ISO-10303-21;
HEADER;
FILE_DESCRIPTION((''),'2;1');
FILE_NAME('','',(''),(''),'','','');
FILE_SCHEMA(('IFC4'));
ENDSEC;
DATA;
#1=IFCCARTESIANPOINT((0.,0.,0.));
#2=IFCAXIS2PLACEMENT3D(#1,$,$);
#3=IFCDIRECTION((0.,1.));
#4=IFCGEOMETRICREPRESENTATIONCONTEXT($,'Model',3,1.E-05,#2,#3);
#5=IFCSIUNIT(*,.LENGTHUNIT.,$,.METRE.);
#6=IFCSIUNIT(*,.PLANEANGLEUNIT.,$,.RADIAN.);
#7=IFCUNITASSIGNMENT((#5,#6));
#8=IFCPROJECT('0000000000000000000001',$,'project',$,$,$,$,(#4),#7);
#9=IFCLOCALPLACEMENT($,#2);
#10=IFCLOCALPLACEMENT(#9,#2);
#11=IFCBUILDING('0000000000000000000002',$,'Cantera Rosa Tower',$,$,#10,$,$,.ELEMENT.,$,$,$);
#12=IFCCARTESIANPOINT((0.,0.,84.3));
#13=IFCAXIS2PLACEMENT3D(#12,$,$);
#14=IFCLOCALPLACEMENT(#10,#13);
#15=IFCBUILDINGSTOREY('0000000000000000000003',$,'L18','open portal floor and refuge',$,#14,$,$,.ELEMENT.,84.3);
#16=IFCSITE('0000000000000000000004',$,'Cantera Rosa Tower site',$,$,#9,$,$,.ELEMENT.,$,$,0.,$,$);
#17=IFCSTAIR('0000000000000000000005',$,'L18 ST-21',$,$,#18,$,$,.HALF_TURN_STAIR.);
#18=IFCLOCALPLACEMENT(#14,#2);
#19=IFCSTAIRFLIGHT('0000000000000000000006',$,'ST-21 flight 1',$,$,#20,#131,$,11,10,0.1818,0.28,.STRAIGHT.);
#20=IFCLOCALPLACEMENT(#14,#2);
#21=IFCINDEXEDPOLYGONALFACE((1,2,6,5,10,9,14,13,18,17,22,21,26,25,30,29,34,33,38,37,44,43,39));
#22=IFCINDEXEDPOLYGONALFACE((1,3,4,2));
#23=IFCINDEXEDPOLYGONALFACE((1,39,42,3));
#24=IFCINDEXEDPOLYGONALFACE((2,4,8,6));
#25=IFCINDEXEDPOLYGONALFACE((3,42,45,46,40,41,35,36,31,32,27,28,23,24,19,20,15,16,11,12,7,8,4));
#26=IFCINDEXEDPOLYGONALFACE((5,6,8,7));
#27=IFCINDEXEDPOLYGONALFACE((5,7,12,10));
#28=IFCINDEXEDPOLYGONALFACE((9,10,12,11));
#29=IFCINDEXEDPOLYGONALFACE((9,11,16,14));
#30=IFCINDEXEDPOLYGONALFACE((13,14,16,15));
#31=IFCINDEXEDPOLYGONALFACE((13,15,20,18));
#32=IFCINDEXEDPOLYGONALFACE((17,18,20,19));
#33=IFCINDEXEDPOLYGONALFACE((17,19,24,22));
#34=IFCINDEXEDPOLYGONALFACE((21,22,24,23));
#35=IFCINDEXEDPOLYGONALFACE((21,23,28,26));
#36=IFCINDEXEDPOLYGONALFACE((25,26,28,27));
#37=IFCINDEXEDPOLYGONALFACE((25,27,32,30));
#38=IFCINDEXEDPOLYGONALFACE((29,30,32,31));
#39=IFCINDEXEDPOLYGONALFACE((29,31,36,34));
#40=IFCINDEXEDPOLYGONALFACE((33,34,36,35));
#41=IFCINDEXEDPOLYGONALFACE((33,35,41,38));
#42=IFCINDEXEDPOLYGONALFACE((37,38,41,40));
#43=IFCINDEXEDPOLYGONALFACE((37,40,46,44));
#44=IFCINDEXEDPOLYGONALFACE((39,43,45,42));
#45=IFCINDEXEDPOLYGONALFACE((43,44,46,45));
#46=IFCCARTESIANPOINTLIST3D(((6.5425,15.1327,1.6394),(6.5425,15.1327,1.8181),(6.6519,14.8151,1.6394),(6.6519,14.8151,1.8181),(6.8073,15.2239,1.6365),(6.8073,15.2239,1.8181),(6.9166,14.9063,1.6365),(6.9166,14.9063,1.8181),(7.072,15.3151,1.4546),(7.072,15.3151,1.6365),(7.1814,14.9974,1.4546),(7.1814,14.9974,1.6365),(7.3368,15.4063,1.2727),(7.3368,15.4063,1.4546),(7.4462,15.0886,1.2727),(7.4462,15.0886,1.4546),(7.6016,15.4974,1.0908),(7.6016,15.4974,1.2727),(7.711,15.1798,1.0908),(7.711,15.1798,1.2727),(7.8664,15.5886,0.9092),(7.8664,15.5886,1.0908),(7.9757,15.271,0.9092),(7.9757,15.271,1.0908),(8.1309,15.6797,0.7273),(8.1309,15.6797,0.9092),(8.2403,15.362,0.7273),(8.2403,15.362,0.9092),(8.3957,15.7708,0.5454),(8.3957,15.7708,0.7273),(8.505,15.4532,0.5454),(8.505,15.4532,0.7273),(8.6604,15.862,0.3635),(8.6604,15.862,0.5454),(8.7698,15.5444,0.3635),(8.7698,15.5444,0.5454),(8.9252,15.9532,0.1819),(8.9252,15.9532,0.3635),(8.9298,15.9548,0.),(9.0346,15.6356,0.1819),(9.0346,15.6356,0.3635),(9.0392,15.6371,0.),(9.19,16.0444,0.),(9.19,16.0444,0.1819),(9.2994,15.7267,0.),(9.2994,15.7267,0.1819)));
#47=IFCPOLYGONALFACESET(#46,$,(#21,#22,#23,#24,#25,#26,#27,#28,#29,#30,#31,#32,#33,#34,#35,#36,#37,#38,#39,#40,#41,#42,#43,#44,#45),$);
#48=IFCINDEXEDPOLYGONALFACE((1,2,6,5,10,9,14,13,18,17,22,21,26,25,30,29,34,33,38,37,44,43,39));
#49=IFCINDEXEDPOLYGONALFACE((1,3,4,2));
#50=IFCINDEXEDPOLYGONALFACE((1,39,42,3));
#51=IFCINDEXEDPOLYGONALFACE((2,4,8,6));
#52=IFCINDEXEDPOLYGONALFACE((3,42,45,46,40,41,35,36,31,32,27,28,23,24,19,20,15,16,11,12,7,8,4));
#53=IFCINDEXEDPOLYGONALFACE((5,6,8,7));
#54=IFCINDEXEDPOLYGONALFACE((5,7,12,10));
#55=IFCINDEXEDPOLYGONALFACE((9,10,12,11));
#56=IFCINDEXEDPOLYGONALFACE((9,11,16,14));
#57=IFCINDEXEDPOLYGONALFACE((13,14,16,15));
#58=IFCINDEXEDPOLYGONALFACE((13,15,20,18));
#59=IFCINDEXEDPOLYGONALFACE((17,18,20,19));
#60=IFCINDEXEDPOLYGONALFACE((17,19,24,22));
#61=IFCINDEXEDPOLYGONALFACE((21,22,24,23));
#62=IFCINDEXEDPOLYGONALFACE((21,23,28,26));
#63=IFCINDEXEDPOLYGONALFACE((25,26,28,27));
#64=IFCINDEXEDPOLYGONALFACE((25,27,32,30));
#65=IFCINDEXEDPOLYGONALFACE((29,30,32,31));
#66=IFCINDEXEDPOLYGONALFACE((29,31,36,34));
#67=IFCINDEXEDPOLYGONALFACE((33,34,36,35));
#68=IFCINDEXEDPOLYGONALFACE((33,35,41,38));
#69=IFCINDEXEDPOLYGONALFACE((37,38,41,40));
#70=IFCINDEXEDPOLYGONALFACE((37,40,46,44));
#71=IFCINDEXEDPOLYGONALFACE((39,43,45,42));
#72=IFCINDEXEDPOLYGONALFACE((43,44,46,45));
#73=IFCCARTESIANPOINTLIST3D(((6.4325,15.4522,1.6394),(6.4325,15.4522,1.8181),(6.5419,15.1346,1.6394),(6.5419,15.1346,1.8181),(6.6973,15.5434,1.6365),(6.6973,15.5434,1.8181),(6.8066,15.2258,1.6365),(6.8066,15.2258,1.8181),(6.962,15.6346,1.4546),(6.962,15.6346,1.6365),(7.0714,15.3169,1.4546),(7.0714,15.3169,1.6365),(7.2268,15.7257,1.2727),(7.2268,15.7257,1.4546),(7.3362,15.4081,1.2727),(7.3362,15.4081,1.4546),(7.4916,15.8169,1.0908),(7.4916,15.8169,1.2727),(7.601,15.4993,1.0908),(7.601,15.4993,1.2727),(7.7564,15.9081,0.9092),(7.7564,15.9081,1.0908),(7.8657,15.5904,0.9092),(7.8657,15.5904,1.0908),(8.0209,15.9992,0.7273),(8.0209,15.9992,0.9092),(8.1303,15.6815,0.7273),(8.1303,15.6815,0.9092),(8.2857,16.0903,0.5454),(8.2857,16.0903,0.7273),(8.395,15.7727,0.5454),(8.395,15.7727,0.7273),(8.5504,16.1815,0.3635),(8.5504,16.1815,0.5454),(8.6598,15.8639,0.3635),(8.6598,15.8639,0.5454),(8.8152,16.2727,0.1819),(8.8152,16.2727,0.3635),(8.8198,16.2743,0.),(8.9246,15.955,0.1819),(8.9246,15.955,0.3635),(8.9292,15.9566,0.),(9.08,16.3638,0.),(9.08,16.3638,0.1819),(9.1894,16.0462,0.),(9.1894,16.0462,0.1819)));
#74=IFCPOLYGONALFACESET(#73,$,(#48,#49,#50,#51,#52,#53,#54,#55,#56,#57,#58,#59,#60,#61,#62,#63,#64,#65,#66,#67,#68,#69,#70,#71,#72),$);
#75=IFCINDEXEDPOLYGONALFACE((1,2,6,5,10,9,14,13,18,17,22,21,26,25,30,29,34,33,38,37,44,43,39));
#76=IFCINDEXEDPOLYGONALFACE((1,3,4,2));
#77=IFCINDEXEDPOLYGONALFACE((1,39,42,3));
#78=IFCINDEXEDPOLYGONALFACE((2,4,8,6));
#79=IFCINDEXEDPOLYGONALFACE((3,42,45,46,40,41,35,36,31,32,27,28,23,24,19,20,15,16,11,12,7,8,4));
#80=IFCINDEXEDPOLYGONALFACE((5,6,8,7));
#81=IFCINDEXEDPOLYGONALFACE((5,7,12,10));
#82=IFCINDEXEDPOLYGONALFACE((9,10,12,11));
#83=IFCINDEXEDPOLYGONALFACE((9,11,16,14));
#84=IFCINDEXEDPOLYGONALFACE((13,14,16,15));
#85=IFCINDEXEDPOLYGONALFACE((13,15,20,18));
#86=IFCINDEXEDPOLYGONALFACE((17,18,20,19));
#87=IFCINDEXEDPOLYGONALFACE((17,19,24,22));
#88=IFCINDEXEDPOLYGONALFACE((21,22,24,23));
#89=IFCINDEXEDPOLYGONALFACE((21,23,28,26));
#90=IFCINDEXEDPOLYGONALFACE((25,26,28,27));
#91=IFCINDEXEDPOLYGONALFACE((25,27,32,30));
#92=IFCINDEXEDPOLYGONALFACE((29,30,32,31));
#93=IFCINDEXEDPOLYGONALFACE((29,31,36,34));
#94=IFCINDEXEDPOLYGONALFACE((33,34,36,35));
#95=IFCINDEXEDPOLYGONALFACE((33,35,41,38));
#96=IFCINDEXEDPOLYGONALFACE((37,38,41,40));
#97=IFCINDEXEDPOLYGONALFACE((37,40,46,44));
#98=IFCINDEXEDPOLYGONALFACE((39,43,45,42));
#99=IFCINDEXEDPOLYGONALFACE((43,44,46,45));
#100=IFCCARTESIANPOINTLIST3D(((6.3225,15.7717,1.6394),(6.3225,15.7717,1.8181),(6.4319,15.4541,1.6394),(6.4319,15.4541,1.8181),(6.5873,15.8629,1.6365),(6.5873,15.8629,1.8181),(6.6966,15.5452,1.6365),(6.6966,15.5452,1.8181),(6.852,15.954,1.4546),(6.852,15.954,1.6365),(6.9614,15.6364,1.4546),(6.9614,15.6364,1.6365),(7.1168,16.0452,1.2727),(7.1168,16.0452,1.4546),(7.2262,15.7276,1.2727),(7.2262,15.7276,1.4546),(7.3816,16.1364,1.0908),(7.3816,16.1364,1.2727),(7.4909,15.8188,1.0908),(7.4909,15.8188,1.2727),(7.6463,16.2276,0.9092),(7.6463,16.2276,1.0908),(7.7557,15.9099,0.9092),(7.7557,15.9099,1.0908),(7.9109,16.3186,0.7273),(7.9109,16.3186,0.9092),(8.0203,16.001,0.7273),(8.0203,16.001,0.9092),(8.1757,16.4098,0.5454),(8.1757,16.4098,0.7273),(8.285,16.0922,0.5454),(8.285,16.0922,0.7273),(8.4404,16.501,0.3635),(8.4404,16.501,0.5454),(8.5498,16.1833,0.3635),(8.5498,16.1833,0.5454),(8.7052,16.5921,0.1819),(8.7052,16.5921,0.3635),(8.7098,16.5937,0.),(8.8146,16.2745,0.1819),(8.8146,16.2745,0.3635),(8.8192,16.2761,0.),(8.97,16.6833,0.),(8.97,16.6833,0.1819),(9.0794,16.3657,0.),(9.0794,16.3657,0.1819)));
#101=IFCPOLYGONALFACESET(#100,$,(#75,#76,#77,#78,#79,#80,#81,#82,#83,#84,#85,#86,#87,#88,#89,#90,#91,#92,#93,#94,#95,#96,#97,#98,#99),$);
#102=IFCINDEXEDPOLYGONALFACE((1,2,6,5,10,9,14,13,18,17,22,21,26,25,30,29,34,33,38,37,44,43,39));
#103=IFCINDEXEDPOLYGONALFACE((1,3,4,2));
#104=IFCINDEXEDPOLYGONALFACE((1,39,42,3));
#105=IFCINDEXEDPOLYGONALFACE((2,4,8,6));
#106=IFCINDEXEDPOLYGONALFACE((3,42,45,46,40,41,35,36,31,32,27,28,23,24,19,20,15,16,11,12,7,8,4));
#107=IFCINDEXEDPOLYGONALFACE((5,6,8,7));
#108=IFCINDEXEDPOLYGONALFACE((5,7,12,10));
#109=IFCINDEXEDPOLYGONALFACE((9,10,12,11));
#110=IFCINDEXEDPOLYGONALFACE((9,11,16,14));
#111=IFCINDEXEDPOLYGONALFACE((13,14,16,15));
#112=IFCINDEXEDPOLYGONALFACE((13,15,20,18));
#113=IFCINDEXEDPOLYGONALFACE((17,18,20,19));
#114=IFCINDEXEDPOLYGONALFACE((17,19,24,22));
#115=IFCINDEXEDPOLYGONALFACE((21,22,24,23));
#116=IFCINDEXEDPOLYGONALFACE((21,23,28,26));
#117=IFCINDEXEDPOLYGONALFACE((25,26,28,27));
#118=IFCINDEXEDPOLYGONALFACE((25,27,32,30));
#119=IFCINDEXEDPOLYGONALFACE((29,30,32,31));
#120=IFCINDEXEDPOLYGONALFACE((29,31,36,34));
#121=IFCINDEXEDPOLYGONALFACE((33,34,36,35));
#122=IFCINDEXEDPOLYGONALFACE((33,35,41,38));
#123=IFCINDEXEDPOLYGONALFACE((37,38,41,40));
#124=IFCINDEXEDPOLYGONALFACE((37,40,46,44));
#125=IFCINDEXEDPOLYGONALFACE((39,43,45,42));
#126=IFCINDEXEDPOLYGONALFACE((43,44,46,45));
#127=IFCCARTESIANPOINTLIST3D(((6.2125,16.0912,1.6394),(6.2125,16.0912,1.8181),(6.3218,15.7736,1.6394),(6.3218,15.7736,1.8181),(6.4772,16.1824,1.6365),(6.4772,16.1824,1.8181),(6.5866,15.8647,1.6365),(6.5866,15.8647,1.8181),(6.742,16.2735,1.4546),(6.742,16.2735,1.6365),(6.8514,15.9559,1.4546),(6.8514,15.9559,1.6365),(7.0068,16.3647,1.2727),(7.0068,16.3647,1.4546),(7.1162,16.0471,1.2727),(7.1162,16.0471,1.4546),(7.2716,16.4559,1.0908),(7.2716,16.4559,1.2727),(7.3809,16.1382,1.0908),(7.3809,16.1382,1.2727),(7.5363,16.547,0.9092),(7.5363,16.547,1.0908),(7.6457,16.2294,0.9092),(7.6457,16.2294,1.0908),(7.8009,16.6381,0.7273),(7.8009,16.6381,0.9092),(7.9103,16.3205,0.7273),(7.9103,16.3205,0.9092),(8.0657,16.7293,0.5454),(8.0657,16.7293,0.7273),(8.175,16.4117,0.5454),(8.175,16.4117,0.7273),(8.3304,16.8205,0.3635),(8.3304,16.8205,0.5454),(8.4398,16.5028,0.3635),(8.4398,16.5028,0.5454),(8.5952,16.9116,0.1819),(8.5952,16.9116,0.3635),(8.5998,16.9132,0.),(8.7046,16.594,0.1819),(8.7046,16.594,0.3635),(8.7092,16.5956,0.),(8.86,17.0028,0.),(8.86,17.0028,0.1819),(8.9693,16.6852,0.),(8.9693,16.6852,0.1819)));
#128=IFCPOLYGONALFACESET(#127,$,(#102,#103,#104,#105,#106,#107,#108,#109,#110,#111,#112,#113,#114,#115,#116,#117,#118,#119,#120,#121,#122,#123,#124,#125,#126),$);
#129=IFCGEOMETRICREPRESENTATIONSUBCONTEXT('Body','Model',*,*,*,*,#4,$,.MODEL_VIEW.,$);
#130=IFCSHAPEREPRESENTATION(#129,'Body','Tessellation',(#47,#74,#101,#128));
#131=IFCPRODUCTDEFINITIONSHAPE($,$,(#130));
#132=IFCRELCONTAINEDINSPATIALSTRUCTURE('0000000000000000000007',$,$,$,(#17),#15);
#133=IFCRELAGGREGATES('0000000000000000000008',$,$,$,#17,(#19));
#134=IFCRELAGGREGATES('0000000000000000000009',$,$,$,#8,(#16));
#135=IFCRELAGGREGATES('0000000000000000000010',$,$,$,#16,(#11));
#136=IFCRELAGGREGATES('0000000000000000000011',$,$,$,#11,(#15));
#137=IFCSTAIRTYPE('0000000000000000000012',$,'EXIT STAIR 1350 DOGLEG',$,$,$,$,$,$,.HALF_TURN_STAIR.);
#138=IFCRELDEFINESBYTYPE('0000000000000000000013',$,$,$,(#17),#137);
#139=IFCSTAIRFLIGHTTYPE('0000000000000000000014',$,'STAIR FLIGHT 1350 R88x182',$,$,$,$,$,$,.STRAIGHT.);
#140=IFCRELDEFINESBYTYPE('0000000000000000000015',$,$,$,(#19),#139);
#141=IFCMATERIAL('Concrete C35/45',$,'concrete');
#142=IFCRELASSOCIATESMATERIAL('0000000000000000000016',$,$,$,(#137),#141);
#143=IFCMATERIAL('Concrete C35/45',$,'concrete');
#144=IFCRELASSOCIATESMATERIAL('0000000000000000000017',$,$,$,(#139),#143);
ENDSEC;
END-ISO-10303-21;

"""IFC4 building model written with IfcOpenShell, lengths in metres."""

from ifc_helpers import new_model, si_unit, direction, frame, origin, place, context, subcontext, project, spatial, polyline, outline, extrude, material, type_object, element, aggregate, save


model = new_model("IFC4")

# Units and contexts
model_context = context("Model", 3, precision=1e-05, world=origin(), true_north=direction((0.0, 1.0)))
body_context = subcontext(model_context, "Body", "Model", "MODEL_VIEW")
ifc_project = project(units=[si_unit("LENGTHUNIT", "METRE"), si_unit("PLANEANGLEUNIT", "RADIAN")], contexts=[model_context])

# Site, building, storey
site_placement = place(None, origin())
site = spatial("IfcSite", under=ifc_project, at=site_placement, Name="Cantera Rosa Tower site", CompositionType="ELEMENT", RefElevation=0.0)
building_placement = place(site_placement, origin())
building = spatial("IfcBuilding", under=site, at=building_placement, Name="Cantera Rosa Tower", CompositionType="ELEMENT")
storey_placement = place(building_placement, frame((0.0, 0.0, 84.3)))
storey = spatial("IfcBuildingStorey", under=building, at=storey_placement, Name="L18", Description="open portal floor and refuge", CompositionType="ELEMENT", Elevation=84.3)

# Stair, stair flight
ifc_material_1 = material(Name="Concrete C35/45", Category="concrete")
stair_type = type_object("IfcStairType", Name="EXIT STAIR 1350 DOGLEG", PredefinedType="HALF_TURN_STAIR", material=ifc_material_1)
stair_placement = place(storey_placement, origin())
stair = element("IfcStair", 1, at=stair_placement, inside=storey, type_object=stair_type, Name="L18 ST-21", PredefinedType="HALF_TURN_STAIR")
ifc_material_2 = material(Name="Concrete C35/45", Category="concrete")
stair_flight_type = type_object("IfcStairFlightType", Name="STAIR FLIGHT 1350 R88x182", PredefinedType="STRAIGHT", material=ifc_material_2)
stair_flight_placement = place(storey_placement, frame((9.0796, 16.365, 0.0), z_axis=(0.0, 0.0, 1.0), x_axis=(-0.945519, -0.325568, 0.0)))
stair_flight = element("IfcStairFlight", 2, at=stair_flight_placement, type_object=stair_flight_type, Name="ST-21 flight 1", NumberOfRisers=11, NumberOfTreads=10, PredefinedType="STRAIGHT", RiserHeight=0.1818, TreadLength=0.28, context=body_context, shape_type="SweptSolid", body=[
    extrude(outline(polyline([(0.0, 0.0), (0.0, 0.1819), (0.28, 0.1819), (0.28, 0.3635), (0.5601, 0.3635), (0.5601, 0.5454), (0.8401, 0.5454), (0.8401, 0.7273), (1.1201, 0.7273), (1.1201, 0.9092), (1.3999, 0.9092), (1.3999, 1.0908), (1.6799, 1.0908), (1.6799, 1.2727), (1.96, 1.2727), (1.96, 1.4546), (2.24, 1.4546), (2.24, 1.6365), (2.52, 1.6365), (2.52, 1.8181), (2.8, 1.8181), (2.8, 2.0), (2.8, 1.6394), (0.2751, 0.0), (0.0, 0.0)])), frame((0.0, 0.675, 0.0), z_axis=(0.0, -1.0, 0.0), x_axis=(1.0, 0.0, 0.0)), (0.0, 0.0, 1.0), 0.3359),
    extrude(outline(polyline([(0.0, 0.0), (0.0, 0.1819), (0.28, 0.1819), (0.28, 0.3635), (0.5601, 0.3635), (0.5601, 0.5454), (0.8401, 0.5454), (0.8401, 0.7273), (1.1201, 0.7273), (1.1201, 0.9092), (1.3999, 0.9092), (1.3999, 1.0908), (1.6799, 1.0908), (1.6799, 1.2727), (1.96, 1.2727), (1.96, 1.4546), (2.24, 1.4546), (2.24, 1.6365), (2.52, 1.6365), (2.52, 1.8181), (2.8, 1.8181), (2.8, 2.0), (2.8, 1.6394), (0.2751, 0.0), (0.0, 0.0)])), frame((0.0, 0.3372, 0.0), z_axis=(0.0, -1.0, 0.0), x_axis=(1.0, 0.0, 0.0)), (0.0, 0.0, 1.0), 0.3359),
    extrude(outline(polyline([(0.0, 0.0), (0.0, 0.1819), (0.28, 0.1819), (0.28, 0.3635), (0.5601, 0.3635), (0.5601, 0.5454), (0.8401, 0.5454), (0.8401, 0.7273), (1.1201, 0.7273), (1.1201, 0.9092), (1.3999, 0.9092), (1.3999, 1.0908), (1.6799, 1.0908), (1.6799, 1.2727), (1.96, 1.2727), (1.96, 1.4546), (2.24, 1.4546), (2.24, 1.6365), (2.52, 1.6365), (2.52, 1.8181), (2.8, 1.8181), (2.8, 2.0), (2.8, 1.6394), (0.2751, 0.0), (0.0, 0.0)])), frame((0.0, -0.0007, 0.0), z_axis=(0.0, -1.0, 0.0), x_axis=(1.0, 0.0, 0.0)), (0.0, 0.0, 1.0), 0.3359),
    extrude(outline(polyline([(0.0, 0.0), (0.0, 0.1819), (0.28, 0.1819), (0.28, 0.3635), (0.5601, 0.3635), (0.5601, 0.5454), (0.8401, 0.5454), (0.8401, 0.7273), (1.1201, 0.7273), (1.1201, 0.9092), (1.3999, 0.9092), (1.3999, 1.0908), (1.6799, 1.0908), (1.6799, 1.2727), (1.96, 1.2727), (1.96, 1.4546), (2.24, 1.4546), (2.24, 1.6365), (2.52, 1.6365), (2.52, 1.8181), (2.8, 1.8181), (2.8, 2.0), (2.8, 1.6394), (0.2751, 0.0), (0.0, 0.0)])), frame((0.0, -0.3386, 0.0), z_axis=(0.0, -1.0, 0.0), x_axis=(1.0, 0.0, 0.0)), (0.0, 0.0, 1.0), 0.3359),
])
aggregate(stair, [stair_flight])

save(model, "model.ifc")
